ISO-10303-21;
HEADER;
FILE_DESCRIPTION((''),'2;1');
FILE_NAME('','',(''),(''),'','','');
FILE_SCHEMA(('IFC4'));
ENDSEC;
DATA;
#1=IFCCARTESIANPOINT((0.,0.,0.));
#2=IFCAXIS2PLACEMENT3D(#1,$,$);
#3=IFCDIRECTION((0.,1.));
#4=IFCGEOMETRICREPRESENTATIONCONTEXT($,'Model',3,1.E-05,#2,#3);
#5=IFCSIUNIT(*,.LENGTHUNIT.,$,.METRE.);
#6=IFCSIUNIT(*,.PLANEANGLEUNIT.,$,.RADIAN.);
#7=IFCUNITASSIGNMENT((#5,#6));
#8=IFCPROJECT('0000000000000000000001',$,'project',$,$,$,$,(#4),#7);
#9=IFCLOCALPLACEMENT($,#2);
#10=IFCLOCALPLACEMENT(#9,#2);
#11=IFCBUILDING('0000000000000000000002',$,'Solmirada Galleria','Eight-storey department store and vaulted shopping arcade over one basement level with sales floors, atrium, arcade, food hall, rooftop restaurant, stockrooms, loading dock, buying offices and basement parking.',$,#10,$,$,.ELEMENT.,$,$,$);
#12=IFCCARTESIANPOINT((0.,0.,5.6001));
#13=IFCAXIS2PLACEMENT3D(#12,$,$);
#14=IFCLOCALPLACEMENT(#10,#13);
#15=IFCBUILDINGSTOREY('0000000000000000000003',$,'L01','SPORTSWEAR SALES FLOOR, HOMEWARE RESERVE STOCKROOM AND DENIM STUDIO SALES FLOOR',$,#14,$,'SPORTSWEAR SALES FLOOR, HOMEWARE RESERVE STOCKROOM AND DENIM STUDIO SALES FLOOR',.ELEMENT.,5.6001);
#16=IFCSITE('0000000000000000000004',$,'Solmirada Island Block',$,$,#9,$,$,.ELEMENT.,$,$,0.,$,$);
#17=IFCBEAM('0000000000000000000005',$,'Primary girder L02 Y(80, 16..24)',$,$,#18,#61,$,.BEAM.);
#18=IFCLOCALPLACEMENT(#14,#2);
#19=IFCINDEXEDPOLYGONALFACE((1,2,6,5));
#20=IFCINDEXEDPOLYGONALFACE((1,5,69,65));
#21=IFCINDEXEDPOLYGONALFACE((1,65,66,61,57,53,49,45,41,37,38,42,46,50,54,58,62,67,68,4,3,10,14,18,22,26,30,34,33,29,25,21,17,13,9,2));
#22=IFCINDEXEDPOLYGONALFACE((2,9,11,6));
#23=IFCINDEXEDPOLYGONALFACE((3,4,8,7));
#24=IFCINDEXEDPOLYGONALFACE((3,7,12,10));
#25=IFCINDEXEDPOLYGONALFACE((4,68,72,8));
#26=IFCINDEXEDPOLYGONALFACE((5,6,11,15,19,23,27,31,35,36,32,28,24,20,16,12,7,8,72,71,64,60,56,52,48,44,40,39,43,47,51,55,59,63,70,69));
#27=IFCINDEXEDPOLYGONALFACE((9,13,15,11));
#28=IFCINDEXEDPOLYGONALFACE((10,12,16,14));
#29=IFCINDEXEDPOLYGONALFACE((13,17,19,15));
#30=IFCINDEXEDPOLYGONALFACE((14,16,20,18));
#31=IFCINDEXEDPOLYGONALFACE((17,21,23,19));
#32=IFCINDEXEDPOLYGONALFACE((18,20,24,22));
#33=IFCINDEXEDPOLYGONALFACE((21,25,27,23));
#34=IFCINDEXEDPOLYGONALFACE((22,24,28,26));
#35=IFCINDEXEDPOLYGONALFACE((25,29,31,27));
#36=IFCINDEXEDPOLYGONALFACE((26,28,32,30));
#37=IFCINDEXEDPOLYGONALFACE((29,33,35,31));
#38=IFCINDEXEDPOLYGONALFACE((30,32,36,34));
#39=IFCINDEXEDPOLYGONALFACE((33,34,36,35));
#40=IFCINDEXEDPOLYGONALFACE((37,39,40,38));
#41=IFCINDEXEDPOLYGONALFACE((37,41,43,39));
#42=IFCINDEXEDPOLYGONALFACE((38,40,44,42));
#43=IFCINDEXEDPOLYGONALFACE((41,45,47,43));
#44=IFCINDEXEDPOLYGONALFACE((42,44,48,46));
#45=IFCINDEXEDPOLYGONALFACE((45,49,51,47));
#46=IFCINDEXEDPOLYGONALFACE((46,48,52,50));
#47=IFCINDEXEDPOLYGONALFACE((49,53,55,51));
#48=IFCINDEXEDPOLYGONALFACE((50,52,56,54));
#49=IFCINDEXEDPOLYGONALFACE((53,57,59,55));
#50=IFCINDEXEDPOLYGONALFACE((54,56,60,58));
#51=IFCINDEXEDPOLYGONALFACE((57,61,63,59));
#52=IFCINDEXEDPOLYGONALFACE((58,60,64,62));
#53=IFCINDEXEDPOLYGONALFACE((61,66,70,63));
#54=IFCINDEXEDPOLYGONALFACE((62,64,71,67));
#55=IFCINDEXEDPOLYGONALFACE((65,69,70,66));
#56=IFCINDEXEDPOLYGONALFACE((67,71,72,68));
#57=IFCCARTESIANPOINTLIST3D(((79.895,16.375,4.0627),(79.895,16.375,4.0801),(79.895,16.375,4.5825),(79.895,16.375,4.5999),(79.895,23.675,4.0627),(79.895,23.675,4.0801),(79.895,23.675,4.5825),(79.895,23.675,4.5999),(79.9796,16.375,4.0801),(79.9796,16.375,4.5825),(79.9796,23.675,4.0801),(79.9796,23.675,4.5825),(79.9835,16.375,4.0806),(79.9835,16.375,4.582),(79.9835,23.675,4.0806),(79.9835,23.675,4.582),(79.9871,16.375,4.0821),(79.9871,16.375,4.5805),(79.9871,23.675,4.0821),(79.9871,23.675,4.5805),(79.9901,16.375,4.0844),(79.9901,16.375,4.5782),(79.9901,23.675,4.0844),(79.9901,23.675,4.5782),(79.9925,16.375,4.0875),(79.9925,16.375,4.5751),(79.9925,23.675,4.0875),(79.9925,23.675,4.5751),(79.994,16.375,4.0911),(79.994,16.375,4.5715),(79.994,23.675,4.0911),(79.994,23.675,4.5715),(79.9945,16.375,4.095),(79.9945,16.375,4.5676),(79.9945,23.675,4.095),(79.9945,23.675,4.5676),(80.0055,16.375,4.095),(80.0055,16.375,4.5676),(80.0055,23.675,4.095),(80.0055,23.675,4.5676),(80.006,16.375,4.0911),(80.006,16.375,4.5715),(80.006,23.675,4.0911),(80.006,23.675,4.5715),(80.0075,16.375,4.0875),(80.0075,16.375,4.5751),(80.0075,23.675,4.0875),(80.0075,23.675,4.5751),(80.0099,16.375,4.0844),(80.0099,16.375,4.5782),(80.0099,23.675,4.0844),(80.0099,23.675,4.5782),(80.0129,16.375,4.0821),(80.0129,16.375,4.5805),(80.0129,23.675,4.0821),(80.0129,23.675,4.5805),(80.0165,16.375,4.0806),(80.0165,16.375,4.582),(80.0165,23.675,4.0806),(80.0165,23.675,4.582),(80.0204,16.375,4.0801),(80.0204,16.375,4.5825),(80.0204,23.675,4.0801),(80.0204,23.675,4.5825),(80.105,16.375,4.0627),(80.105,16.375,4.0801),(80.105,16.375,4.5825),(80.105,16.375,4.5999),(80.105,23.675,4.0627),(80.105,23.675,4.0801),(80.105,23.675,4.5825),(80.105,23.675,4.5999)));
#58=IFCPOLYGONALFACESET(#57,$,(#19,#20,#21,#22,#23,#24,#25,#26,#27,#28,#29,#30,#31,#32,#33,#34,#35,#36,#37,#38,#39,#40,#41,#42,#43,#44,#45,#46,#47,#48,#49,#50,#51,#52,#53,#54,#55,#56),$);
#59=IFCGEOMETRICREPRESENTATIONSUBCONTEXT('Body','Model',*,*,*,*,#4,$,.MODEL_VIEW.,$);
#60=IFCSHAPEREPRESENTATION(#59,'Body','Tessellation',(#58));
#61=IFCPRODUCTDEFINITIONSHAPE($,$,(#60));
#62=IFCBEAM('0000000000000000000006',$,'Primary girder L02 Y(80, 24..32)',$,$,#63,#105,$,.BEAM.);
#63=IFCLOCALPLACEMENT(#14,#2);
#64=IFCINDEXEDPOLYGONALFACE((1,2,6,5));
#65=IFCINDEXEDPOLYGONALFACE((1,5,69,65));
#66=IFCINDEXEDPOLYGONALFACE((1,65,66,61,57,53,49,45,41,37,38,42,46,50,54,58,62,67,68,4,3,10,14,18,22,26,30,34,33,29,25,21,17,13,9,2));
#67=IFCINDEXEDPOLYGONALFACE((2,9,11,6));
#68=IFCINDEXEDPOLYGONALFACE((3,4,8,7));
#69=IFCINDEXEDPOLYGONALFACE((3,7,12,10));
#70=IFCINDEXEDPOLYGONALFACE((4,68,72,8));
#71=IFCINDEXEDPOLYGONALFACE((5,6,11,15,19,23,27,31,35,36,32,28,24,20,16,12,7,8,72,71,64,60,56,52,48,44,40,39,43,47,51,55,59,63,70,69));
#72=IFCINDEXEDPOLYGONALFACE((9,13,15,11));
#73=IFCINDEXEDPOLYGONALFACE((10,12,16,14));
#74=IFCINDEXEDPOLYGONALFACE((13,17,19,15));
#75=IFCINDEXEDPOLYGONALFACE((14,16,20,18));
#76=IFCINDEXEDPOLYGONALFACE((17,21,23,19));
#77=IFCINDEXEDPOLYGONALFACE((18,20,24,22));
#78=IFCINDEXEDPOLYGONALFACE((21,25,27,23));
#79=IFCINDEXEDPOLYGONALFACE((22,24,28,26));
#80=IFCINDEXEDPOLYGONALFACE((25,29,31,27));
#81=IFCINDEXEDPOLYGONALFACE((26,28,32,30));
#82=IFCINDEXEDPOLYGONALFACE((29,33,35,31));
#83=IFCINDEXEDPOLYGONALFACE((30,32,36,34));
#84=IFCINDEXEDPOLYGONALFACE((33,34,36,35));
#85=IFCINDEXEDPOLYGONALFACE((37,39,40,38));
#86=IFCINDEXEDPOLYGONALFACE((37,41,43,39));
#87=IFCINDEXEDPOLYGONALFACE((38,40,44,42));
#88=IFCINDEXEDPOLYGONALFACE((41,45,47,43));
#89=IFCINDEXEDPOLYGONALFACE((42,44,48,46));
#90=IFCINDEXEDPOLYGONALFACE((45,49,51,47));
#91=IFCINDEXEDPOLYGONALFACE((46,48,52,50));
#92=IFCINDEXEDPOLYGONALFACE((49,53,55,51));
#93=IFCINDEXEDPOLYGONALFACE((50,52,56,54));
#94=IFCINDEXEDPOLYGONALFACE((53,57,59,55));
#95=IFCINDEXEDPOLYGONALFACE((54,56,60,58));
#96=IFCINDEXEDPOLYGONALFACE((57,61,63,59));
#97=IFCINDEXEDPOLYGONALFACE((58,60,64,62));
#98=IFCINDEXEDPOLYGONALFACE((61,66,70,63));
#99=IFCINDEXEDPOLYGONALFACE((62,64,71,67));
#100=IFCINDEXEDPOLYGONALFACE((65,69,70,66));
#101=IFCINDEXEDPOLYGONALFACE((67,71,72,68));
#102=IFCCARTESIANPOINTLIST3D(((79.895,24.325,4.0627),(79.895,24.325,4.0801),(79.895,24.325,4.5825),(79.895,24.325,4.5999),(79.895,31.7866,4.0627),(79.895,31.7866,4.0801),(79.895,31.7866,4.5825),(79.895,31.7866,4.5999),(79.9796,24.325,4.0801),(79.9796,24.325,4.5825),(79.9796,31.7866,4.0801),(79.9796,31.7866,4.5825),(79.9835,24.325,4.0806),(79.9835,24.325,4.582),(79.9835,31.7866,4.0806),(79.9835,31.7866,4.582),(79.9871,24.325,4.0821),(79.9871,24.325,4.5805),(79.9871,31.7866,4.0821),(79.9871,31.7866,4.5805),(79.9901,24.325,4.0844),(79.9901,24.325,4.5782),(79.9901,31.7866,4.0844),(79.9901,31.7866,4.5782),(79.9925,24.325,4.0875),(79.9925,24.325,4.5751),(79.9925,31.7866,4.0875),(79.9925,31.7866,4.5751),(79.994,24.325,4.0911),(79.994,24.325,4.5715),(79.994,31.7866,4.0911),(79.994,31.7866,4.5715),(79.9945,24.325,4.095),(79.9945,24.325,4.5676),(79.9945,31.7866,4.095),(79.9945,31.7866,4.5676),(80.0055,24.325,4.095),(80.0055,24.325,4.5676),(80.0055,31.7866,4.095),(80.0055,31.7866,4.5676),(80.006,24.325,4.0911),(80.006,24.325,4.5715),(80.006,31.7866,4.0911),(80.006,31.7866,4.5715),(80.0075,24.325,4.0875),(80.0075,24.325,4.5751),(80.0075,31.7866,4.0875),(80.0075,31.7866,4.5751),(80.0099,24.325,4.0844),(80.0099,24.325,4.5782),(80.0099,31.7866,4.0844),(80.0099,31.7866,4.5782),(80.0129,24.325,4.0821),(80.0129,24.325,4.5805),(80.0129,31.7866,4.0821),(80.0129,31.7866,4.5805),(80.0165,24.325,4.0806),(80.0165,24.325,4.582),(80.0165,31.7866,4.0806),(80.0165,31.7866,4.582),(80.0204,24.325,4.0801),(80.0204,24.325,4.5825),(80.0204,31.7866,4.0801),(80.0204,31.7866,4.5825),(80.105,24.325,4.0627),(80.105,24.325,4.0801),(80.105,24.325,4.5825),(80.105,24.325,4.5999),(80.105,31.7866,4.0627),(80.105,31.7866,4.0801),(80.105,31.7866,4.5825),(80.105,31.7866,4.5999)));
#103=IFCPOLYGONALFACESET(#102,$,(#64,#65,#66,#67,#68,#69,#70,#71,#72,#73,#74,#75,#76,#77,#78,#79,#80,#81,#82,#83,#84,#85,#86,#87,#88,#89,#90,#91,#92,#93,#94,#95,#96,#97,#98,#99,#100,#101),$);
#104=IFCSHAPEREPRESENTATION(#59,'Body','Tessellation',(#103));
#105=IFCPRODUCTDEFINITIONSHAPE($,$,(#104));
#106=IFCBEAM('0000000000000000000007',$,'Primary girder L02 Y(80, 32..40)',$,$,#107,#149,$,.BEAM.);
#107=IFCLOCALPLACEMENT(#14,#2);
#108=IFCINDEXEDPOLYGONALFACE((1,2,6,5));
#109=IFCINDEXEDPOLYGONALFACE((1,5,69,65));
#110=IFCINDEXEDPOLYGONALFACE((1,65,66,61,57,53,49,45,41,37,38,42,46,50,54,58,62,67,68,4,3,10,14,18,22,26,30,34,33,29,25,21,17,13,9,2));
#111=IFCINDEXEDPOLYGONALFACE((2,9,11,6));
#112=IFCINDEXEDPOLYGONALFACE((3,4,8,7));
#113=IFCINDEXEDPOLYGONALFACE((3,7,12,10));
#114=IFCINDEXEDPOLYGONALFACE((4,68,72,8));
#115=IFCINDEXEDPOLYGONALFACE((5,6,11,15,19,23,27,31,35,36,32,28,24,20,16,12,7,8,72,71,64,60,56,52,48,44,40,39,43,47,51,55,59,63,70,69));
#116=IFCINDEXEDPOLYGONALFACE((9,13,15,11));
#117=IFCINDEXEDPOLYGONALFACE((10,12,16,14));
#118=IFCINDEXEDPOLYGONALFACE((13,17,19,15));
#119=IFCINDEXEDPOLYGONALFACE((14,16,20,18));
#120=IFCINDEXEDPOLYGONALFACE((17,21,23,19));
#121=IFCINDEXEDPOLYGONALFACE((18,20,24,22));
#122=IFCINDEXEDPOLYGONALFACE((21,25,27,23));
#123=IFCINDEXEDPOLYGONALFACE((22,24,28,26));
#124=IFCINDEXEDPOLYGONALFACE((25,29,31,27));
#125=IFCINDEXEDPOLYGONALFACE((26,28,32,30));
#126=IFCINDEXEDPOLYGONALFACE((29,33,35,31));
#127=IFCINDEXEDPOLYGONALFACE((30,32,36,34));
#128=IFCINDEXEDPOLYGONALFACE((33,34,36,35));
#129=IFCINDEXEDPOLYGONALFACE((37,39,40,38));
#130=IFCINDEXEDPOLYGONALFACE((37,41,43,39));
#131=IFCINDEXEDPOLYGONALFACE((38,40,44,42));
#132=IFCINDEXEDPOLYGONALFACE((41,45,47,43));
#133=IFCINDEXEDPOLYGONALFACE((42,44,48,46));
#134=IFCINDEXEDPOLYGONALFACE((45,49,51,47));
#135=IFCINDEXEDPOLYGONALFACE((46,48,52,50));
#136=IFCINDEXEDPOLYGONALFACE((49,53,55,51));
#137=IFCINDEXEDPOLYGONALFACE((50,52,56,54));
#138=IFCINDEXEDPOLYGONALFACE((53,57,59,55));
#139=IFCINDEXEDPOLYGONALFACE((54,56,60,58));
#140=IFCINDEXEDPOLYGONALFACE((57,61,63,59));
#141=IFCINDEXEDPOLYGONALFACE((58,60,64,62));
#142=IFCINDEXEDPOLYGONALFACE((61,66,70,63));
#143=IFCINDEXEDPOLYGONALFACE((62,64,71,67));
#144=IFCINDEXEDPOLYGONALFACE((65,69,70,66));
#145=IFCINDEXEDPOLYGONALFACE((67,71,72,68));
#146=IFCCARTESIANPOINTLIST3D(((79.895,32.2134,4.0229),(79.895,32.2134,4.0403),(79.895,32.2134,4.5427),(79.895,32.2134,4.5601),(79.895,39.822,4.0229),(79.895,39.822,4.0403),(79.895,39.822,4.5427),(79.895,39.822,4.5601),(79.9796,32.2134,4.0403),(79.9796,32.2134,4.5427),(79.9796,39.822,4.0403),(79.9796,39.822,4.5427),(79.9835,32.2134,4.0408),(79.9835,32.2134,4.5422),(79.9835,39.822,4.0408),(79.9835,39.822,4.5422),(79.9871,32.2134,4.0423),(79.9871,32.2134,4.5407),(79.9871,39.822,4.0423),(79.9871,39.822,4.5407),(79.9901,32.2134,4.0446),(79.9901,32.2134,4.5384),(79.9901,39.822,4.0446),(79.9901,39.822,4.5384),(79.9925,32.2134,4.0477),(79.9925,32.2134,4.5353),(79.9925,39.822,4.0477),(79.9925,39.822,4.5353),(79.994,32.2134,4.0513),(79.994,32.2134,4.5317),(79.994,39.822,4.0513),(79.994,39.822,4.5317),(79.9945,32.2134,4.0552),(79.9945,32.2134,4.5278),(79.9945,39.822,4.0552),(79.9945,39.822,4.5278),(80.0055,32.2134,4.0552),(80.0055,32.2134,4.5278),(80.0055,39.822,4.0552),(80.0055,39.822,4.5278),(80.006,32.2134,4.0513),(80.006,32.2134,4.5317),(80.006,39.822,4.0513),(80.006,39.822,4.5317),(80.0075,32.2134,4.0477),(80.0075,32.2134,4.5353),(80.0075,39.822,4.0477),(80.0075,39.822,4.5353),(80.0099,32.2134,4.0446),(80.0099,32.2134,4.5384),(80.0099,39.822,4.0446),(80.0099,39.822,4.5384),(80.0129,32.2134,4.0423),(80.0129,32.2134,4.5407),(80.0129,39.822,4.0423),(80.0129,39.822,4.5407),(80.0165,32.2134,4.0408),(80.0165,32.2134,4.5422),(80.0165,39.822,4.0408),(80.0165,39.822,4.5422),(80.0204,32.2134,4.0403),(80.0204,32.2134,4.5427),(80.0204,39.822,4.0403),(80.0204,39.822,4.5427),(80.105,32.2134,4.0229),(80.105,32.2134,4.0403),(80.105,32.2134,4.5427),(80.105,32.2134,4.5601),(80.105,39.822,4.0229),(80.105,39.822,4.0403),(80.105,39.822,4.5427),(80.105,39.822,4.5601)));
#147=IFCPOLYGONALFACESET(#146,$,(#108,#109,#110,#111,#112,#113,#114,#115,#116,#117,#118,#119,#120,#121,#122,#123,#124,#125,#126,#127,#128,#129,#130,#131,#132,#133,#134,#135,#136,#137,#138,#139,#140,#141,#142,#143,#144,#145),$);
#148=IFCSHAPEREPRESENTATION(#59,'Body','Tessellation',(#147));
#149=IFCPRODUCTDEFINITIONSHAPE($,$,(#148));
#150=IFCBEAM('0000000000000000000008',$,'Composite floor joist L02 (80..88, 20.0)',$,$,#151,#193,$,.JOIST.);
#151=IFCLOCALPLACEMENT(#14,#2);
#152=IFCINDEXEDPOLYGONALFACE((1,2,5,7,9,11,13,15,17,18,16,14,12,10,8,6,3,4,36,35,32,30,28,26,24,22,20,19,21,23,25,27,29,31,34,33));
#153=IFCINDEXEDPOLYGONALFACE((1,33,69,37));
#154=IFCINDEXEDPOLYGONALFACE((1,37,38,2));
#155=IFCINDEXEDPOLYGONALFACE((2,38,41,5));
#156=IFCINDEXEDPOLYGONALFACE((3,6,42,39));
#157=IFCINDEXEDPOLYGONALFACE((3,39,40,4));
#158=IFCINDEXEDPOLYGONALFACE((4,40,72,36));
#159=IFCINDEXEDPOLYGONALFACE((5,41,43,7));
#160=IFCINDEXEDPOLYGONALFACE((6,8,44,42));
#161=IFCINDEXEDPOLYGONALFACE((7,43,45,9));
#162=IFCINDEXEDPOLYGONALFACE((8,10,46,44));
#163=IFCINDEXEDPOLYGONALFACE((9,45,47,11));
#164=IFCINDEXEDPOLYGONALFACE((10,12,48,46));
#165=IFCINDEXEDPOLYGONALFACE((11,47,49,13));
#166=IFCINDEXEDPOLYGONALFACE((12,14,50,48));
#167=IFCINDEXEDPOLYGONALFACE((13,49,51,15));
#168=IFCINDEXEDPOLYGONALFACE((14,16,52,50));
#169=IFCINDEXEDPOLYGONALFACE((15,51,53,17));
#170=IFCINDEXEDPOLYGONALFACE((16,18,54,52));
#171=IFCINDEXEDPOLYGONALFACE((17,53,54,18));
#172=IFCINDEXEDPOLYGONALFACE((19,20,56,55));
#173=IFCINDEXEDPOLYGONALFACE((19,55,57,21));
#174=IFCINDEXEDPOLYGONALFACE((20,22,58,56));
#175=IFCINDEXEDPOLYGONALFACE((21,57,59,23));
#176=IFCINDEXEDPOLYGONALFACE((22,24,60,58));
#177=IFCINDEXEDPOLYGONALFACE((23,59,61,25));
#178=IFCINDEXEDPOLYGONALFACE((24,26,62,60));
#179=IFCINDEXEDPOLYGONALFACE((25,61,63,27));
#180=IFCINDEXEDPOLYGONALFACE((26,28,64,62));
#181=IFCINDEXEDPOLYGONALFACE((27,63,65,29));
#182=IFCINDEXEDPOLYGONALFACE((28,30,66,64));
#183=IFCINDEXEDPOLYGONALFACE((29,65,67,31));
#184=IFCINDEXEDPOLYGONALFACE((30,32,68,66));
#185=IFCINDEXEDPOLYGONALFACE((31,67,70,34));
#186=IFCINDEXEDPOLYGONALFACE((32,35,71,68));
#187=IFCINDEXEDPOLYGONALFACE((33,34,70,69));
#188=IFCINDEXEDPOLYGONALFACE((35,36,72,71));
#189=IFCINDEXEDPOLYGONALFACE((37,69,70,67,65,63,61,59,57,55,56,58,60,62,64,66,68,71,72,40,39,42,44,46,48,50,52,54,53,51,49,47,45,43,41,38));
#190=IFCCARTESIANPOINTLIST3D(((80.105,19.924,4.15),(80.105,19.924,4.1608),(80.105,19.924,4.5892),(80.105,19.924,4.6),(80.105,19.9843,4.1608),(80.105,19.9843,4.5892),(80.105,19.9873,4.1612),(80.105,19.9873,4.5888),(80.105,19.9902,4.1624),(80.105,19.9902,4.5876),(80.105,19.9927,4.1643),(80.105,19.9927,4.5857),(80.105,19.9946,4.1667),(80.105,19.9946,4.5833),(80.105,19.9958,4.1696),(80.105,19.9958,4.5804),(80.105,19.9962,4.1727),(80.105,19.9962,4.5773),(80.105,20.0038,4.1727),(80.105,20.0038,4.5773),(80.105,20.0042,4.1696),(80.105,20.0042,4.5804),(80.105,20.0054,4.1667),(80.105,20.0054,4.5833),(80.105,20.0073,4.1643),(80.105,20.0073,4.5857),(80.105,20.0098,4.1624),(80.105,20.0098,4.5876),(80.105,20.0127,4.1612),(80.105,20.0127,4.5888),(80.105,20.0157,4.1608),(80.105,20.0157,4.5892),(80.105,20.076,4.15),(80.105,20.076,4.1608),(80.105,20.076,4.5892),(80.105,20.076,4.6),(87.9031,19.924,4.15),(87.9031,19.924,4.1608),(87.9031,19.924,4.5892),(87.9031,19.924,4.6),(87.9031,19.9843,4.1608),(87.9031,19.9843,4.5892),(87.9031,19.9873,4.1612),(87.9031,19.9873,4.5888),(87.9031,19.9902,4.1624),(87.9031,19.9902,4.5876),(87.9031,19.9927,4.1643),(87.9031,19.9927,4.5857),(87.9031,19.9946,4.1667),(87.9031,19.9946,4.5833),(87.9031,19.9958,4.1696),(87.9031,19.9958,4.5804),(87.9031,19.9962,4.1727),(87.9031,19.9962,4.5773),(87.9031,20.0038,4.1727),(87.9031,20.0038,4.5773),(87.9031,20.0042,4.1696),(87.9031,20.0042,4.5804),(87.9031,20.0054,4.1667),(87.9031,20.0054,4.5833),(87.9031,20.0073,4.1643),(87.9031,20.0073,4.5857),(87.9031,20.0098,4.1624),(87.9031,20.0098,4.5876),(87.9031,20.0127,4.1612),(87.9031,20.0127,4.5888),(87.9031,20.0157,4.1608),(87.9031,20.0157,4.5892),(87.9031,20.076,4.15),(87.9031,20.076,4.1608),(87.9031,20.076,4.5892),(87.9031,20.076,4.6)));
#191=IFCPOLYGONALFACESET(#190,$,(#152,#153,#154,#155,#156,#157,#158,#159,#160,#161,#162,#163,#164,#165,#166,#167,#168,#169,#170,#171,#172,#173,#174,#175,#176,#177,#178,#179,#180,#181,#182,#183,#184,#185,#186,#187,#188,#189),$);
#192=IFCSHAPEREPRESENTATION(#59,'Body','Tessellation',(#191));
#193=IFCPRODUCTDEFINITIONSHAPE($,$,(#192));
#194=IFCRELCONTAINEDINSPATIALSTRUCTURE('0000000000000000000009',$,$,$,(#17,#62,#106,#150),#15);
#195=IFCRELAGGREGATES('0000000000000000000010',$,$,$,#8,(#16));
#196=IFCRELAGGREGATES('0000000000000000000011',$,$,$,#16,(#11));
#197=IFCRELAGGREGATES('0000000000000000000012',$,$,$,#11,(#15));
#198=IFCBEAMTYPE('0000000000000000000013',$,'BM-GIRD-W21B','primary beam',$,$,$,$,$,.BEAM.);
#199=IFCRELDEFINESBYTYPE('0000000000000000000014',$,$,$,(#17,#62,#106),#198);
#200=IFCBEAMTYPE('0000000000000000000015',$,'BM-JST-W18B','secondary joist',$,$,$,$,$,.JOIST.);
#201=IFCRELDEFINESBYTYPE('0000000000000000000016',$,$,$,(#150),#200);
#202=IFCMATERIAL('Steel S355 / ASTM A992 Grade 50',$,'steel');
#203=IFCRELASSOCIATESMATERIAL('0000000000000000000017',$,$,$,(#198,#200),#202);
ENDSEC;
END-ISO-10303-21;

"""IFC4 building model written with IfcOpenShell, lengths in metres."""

from ifc_helpers import new_model, si_unit, direction, frame, origin, origin_2d, place, context, subcontext, project, spatial, i_section, extrude, material, material_profile, profile_set, type_object, element, save


model = new_model("IFC4")

# Units and contexts
model_context = context("Model", 3, precision=1e-05, world=origin(), true_north=direction((0.0, 1.0)))
body_context = subcontext(model_context, "Body", "Model", "MODEL_VIEW")
ifc_project = project(units=[si_unit("LENGTHUNIT", "METRE"), si_unit("PLANEANGLEUNIT", "RADIAN")], contexts=[model_context])

# Site, building, storey
site_placement = place(None, origin())
site = spatial("IfcSite", under=ifc_project, at=site_placement, Name="Solmirada Island Block", CompositionType="ELEMENT", RefElevation=0.0)
building_placement = place(site_placement, origin())
building = spatial("IfcBuilding", under=site, at=building_placement, Name="Solmirada Galleria", Description="Eight-storey department store and vaulted shopping arcade over one basement level with sales floors, atrium, arcade, food hall, rooftop restaurant, stockrooms, loading dock, buying offices and basement parking.", CompositionType="ELEMENT")
storey_placement = place(building_placement, frame((0.0, 0.0, 5.6001)))
storey = spatial("IfcBuildingStorey", under=building, at=storey_placement, Name="L01", Description="SPORTSWEAR SALES FLOOR, HOMEWARE RESERVE STOCKROOM AND DENIM STUDIO SALES FLOOR", LongName="SPORTSWEAR SALES FLOOR, HOMEWARE RESERVE STOCKROOM AND DENIM STUDIO SALES FLOOR", CompositionType="ELEMENT", Elevation=5.6001)

# Beams
ifc_material_1 = material(Name="Steel S355 / ASTM A992 Grade 50", Category="steel")
ifc_material_profile_1 = material_profile(ifc_material_1, i_section(OverallWidth=0.21, OverallDepth=0.5371, WebThickness=0.011, FlangeThickness=0.0173, FilletRadius=0.0149, at=origin_2d()), Name="W21X68")
ifc_profile_set_1 = profile_set([ifc_material_profile_1], Name="Steel S355 / ASTM A992 Grade 50")
beam_type_1 = type_object("IfcBeamType", Name="BM-GIRD-W21B", Description="primary beam", PredefinedType="BEAM", material=ifc_profile_set_1)
for number, where, z_axis, x_axis, name in (
    (1, (80.0, 16.375, 4.3313), (0.0, 1.0, 0.0), (-1.0, 0.0, 0.0), "Primary girder L02 Y(80, 16..24)"),
):
    element("IfcBeam", number, at=place(storey_placement, frame(where, z_axis=z_axis, x_axis=x_axis)), inside=storey, type_object=beam_type_1, Name=name, PredefinedType="BEAM", context=body_context, shape_type="SweptSolid", body=[
        extrude(i_section(OverallWidth=0.21, OverallDepth=0.5371, WebThickness=0.011, FlangeThickness=0.0173, FilletRadius=0.0149, at=origin_2d()), origin(), (0.0, 0.0, 1.0), 7.3),
    ])
beam_1_placement = place(storey_placement, frame((80.0, 24.325, 4.3313), z_axis=(0.0, 1.0, 0.0), x_axis=(-1.0, 0.0, 0.0)))
element("IfcBeam", 2, at=beam_1_placement, inside=storey, type_object=beam_type_1, Name="Primary girder L02 Y(80, 24..32)", PredefinedType="BEAM", context=body_context, shape_type="SweptSolid", body=[
    extrude(i_section(OverallWidth=0.21, OverallDepth=0.5371, WebThickness=0.011, FlangeThickness=0.0173, FilletRadius=0.0149, at=origin_2d()), origin(), (0.0, 0.0, 1.0), 7.4617),
])
beam_2_placement = place(storey_placement, frame((80.0, 32.2134, 4.2915), z_axis=(0.0, 1.0, 0.0), x_axis=(-1.0, 0.0, 0.0)))
element("IfcBeam", 3, at=beam_2_placement, inside=storey, type_object=beam_type_1, Name="Primary girder L02 Y(80, 32..40)", PredefinedType="BEAM", context=body_context, shape_type="SweptSolid", body=[
    extrude(i_section(OverallWidth=0.21, OverallDepth=0.5371, WebThickness=0.011, FlangeThickness=0.0173, FilletRadius=0.0149, at=origin_2d()), origin(), (0.0, 0.0, 1.0), 7.6086),
])
ifc_material_profile_2 = material_profile(ifc_material_1, i_section(OverallWidth=0.1521, OverallDepth=0.45, WebThickness=0.0076, FlangeThickness=0.0107, FilletRadius=0.012, at=origin_2d()), Name="W18X35")
ifc_profile_set_2 = profile_set([ifc_material_profile_2], Name="Steel S355 / ASTM A992 Grade 50")
beam_type_2 = type_object("IfcBeamType", Name="BM-JST-W18B", Description="secondary joist", PredefinedType="JOIST", material=ifc_profile_set_2)
for number, where, z_axis, x_axis, name in (
    (4, (80.105, 20.0, 4.375), (1.0, 0.0, 0.0), (0.0, 1.0, 0.0), "Composite floor joist L02 (80..88, 20.0)"),
):
    element("IfcBeam", number, at=place(storey_placement, frame(where, z_axis=z_axis, x_axis=x_axis)), inside=storey, type_object=beam_type_2, Name=name, PredefinedType="JOIST", context=body_context, shape_type="SweptSolid", body=[
        extrude(i_section(OverallWidth=0.1521, OverallDepth=0.45, WebThickness=0.0076, FlangeThickness=0.0107, FilletRadius=0.012, at=origin_2d()), origin(), (0.0, 0.0, 1.0), 7.7981),
    ])

save(model, "model.ifc")
